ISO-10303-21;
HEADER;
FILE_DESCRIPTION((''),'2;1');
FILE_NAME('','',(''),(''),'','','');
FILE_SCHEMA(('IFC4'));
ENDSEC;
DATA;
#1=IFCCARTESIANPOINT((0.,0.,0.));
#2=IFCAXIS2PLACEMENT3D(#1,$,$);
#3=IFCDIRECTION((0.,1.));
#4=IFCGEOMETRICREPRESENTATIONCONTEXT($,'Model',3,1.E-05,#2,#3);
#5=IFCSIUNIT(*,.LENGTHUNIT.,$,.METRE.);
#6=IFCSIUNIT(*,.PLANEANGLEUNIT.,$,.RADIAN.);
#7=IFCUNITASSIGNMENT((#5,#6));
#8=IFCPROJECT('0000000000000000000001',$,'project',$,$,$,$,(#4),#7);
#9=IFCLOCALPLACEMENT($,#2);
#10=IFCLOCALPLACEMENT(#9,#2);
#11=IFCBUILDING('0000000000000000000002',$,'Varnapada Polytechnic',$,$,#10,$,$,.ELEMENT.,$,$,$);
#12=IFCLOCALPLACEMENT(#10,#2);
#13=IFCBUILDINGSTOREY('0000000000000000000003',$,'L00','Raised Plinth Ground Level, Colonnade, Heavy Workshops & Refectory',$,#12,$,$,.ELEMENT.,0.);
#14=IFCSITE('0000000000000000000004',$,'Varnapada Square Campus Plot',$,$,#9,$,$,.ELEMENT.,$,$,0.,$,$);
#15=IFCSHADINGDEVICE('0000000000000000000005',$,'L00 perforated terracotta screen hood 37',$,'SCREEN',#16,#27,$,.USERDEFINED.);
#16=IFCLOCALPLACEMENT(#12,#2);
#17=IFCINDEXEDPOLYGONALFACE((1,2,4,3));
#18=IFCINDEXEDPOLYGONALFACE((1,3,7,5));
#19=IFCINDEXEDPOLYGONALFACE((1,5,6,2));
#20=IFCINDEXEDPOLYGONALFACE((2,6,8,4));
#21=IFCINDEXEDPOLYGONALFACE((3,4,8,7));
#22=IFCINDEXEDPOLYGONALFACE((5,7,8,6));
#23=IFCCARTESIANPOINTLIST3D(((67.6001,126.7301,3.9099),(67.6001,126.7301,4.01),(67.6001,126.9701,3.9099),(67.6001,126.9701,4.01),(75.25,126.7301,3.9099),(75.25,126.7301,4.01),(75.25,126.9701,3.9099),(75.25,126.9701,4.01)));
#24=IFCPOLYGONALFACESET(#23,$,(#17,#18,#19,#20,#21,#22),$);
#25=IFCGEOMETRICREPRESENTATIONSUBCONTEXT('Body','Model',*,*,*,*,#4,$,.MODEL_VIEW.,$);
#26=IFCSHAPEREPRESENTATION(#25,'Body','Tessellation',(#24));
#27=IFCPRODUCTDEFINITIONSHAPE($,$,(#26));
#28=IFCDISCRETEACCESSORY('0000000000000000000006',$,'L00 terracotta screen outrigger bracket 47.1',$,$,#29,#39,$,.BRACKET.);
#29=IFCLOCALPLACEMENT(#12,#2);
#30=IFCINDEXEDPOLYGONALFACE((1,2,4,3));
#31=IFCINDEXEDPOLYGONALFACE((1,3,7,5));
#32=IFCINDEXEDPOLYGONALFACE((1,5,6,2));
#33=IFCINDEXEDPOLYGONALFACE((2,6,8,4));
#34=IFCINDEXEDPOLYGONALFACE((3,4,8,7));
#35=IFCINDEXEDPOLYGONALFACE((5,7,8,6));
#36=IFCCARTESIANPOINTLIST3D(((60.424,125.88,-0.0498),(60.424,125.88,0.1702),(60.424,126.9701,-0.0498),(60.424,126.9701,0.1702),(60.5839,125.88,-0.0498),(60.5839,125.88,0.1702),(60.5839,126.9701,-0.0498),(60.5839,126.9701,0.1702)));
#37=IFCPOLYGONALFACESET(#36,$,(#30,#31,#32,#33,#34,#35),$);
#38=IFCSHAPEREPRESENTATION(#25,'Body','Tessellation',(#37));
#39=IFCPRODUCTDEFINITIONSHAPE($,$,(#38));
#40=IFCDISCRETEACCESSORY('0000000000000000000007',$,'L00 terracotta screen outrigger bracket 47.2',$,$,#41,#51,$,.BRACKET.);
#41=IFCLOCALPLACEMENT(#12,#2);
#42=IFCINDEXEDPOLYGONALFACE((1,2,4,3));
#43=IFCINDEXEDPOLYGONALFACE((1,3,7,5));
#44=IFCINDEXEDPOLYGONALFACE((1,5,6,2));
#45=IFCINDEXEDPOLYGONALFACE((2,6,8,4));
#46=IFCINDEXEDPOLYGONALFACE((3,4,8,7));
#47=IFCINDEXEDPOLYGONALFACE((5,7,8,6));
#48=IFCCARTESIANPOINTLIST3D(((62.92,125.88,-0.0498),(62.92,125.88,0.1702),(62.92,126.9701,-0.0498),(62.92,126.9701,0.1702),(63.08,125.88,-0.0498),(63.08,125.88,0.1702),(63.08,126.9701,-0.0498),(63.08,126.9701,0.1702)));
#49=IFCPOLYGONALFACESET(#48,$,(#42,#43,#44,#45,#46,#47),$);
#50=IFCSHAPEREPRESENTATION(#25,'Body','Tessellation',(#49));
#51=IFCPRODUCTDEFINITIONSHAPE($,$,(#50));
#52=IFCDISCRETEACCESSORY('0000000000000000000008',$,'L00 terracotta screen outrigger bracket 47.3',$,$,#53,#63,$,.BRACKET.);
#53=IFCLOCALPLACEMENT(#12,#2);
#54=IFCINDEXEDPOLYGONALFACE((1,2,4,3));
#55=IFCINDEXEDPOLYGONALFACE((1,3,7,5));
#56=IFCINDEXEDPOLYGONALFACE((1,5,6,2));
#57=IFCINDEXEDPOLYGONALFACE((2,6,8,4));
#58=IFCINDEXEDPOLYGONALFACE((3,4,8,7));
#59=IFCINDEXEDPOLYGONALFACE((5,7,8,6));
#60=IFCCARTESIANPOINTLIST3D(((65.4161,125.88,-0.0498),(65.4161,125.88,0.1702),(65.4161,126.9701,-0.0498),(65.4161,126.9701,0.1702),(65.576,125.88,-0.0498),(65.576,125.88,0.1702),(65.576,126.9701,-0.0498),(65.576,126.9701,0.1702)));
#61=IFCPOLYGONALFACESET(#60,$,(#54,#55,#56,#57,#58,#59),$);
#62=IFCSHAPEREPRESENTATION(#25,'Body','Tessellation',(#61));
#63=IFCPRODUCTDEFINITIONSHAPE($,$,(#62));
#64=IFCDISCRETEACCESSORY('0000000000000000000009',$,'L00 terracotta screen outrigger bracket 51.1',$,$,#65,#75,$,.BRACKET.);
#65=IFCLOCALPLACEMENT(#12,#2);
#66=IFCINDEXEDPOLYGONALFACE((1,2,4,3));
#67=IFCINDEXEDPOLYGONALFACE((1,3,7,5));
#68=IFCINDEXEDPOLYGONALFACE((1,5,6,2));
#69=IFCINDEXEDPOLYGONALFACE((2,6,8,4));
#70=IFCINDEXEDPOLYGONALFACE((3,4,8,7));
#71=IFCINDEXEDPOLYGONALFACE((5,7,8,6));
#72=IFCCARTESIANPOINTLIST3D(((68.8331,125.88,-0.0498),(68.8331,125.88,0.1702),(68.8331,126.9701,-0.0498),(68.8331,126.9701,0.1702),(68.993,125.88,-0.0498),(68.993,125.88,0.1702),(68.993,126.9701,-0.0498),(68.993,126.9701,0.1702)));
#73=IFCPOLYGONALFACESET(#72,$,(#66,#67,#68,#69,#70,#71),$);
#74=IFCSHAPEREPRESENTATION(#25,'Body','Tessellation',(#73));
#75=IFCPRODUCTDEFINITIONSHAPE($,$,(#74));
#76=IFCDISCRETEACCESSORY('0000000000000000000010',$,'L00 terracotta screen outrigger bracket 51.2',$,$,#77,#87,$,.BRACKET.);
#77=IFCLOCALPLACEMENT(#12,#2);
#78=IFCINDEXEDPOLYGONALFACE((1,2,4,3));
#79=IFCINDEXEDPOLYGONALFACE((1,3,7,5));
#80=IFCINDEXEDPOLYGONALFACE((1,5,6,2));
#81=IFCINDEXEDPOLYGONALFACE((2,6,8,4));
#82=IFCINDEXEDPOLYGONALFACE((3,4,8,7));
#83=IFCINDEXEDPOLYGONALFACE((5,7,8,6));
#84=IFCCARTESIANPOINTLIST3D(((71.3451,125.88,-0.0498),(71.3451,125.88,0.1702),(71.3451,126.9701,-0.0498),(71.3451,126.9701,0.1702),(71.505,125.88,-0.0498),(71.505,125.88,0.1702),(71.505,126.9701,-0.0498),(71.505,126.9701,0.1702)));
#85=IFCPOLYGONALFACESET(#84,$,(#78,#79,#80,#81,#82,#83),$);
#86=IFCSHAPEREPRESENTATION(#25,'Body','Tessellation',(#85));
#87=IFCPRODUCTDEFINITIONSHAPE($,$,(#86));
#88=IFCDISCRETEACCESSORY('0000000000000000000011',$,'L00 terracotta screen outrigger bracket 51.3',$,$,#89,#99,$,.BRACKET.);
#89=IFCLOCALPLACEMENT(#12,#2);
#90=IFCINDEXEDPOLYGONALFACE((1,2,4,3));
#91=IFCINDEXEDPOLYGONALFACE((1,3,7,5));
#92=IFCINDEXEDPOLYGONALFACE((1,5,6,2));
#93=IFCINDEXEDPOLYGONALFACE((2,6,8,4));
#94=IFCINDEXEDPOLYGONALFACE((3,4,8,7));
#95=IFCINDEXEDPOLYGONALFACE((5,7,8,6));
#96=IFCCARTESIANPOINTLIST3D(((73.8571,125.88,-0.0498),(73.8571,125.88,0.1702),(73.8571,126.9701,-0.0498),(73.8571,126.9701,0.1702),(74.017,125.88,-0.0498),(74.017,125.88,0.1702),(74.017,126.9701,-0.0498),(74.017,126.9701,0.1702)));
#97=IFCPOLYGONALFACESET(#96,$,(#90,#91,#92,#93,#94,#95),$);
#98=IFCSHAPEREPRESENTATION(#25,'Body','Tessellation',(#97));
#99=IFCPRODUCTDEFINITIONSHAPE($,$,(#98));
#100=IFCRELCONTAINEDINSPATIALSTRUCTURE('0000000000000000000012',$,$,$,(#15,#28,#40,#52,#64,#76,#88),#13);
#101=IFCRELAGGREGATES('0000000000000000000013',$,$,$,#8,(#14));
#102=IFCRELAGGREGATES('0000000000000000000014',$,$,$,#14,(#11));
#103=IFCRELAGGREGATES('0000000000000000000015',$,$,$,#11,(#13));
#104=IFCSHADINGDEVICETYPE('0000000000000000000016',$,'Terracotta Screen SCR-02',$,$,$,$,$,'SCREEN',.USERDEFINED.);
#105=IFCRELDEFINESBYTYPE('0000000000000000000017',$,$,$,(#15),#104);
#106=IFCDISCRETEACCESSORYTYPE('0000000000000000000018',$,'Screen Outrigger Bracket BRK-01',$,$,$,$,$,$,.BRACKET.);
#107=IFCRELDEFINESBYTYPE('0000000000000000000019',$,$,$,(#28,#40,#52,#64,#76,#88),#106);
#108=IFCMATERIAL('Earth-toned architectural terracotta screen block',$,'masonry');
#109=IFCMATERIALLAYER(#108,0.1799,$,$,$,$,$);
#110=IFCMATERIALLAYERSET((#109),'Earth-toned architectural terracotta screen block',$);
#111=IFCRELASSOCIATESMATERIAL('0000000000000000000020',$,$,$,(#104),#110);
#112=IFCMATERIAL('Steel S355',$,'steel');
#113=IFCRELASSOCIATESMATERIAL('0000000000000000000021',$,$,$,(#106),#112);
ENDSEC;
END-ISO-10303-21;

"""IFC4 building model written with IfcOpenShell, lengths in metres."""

from ifc_helpers import new_model, si_unit, direction, frame, origin, origin_2d, place, context, subcontext, project, spatial, rectangle, extrude, material, layer, layer_set, type_object, element, save


model = new_model("IFC4")

# Units and contexts
model_context = context("Model", 3, precision=1e-05, world=origin(), true_north=direction((0.0, 1.0)))
body_context = subcontext(model_context, "Body", "Model", "MODEL_VIEW")
ifc_project = project(units=[si_unit("LENGTHUNIT", "METRE"), si_unit("PLANEANGLEUNIT", "RADIAN")], contexts=[model_context])

# Site, building, storey
site_placement = place(None, origin())
site = spatial("IfcSite", under=ifc_project, at=site_placement, Name="Varnapada Square Campus Plot", CompositionType="ELEMENT", RefElevation=0.0)
building_placement = place(site_placement, origin())
building = spatial("IfcBuilding", under=site, at=building_placement, Name="Varnapada Polytechnic", CompositionType="ELEMENT")
storey_placement = place(building_placement, origin())
storey = spatial("IfcBuildingStorey", under=building, at=storey_placement, Name="L00", Description="Raised Plinth Ground Level, Colonnade, Heavy Workshops & Refectory", CompositionType="ELEMENT", Elevation=0.0)

# Shared definitions
ifc_material_1 = material(Name="Earth-toned architectural terracotta screen block", Category="masonry")

# Shading device
ifc_layer_1 = layer(ifc_material_1, 0.1799)
ifc_layer_set_1 = layer_set([ifc_layer_1], Name="Earth-toned architectural terracotta screen block")
shading_device_type = type_object("IfcShadingDeviceType", Name="Terracotta Screen SCR-02", ElementType="SCREEN", PredefinedType="USERDEFINED", material=ifc_layer_set_1)
shading_device_1_placement = place(storey_placement, frame((71.425, 126.8501, 3.9099), z_axis=(0.0, 0.0, 1.0), x_axis=(1.0, 0.0, 0.0)))
element("IfcShadingDevice", 1, at=shading_device_1_placement, inside=storey, type_object=shading_device_type, Name="L00 perforated terracotta screen hood 37", ObjectType="SCREEN", PredefinedType="USERDEFINED", context=body_context, shape_type="SweptSolid", body=[
    extrude(rectangle(XDim=7.6499, YDim=0.24, at=origin_2d()), origin(), (0.0, 0.0, 1.0), 0.1001),
])

# Discrete accessories
ifc_material_2 = material(Name="Steel S355", Category="steel")
discrete_accessory_type = type_object("IfcDiscreteAccessoryType", Name="Screen Outrigger Bracket BRK-01", PredefinedType="BRACKET", material=ifc_material_2)
for number, where, z_axis, x_axis, name in (
    (2, (60.5039, 126.425, -0.0498), (0.0, 0.0, 1.0), (1.0, 0.0, 0.0), "L00 terracotta screen outrigger bracket 47.1"),
    (3, (63.0, 126.425, -0.0498), (0.0, 0.0, 1.0), (1.0, 0.0, 0.0), "L00 terracotta screen outrigger bracket 47.2"),
    (4, (65.4961, 126.425, -0.0498), (0.0, 0.0, 1.0), (1.0, 0.0, 0.0), "L00 terracotta screen outrigger bracket 47.3"),
    (5, (68.9131, 126.425, -0.0498), (0.0, 0.0, 1.0), (1.0, 0.0, 0.0), "L00 terracotta screen outrigger bracket 51.1"),
    (6, (71.425, 126.425, -0.0498), (0.0, 0.0, 1.0), (1.0, 0.0, 0.0), "L00 terracotta screen outrigger bracket 51.2"),
    (7, (73.937, 126.425, -0.0498), (0.0, 0.0, 1.0), (1.0, 0.0, 0.0), "L00 terracotta screen outrigger bracket 51.3"),
):
    element("IfcDiscreteAccessory", number, at=place(storey_placement, frame(where, z_axis=z_axis, x_axis=x_axis)), inside=storey, type_object=discrete_accessory_type, Name=name, PredefinedType="BRACKET", context=body_context, shape_type="SweptSolid", body=[
        extrude(rectangle(XDim=0.1599, YDim=1.0901, at=origin_2d()), origin(), (0.0, 0.0, 1.0), 0.22),
    ])

save(model, "model.ifc")
